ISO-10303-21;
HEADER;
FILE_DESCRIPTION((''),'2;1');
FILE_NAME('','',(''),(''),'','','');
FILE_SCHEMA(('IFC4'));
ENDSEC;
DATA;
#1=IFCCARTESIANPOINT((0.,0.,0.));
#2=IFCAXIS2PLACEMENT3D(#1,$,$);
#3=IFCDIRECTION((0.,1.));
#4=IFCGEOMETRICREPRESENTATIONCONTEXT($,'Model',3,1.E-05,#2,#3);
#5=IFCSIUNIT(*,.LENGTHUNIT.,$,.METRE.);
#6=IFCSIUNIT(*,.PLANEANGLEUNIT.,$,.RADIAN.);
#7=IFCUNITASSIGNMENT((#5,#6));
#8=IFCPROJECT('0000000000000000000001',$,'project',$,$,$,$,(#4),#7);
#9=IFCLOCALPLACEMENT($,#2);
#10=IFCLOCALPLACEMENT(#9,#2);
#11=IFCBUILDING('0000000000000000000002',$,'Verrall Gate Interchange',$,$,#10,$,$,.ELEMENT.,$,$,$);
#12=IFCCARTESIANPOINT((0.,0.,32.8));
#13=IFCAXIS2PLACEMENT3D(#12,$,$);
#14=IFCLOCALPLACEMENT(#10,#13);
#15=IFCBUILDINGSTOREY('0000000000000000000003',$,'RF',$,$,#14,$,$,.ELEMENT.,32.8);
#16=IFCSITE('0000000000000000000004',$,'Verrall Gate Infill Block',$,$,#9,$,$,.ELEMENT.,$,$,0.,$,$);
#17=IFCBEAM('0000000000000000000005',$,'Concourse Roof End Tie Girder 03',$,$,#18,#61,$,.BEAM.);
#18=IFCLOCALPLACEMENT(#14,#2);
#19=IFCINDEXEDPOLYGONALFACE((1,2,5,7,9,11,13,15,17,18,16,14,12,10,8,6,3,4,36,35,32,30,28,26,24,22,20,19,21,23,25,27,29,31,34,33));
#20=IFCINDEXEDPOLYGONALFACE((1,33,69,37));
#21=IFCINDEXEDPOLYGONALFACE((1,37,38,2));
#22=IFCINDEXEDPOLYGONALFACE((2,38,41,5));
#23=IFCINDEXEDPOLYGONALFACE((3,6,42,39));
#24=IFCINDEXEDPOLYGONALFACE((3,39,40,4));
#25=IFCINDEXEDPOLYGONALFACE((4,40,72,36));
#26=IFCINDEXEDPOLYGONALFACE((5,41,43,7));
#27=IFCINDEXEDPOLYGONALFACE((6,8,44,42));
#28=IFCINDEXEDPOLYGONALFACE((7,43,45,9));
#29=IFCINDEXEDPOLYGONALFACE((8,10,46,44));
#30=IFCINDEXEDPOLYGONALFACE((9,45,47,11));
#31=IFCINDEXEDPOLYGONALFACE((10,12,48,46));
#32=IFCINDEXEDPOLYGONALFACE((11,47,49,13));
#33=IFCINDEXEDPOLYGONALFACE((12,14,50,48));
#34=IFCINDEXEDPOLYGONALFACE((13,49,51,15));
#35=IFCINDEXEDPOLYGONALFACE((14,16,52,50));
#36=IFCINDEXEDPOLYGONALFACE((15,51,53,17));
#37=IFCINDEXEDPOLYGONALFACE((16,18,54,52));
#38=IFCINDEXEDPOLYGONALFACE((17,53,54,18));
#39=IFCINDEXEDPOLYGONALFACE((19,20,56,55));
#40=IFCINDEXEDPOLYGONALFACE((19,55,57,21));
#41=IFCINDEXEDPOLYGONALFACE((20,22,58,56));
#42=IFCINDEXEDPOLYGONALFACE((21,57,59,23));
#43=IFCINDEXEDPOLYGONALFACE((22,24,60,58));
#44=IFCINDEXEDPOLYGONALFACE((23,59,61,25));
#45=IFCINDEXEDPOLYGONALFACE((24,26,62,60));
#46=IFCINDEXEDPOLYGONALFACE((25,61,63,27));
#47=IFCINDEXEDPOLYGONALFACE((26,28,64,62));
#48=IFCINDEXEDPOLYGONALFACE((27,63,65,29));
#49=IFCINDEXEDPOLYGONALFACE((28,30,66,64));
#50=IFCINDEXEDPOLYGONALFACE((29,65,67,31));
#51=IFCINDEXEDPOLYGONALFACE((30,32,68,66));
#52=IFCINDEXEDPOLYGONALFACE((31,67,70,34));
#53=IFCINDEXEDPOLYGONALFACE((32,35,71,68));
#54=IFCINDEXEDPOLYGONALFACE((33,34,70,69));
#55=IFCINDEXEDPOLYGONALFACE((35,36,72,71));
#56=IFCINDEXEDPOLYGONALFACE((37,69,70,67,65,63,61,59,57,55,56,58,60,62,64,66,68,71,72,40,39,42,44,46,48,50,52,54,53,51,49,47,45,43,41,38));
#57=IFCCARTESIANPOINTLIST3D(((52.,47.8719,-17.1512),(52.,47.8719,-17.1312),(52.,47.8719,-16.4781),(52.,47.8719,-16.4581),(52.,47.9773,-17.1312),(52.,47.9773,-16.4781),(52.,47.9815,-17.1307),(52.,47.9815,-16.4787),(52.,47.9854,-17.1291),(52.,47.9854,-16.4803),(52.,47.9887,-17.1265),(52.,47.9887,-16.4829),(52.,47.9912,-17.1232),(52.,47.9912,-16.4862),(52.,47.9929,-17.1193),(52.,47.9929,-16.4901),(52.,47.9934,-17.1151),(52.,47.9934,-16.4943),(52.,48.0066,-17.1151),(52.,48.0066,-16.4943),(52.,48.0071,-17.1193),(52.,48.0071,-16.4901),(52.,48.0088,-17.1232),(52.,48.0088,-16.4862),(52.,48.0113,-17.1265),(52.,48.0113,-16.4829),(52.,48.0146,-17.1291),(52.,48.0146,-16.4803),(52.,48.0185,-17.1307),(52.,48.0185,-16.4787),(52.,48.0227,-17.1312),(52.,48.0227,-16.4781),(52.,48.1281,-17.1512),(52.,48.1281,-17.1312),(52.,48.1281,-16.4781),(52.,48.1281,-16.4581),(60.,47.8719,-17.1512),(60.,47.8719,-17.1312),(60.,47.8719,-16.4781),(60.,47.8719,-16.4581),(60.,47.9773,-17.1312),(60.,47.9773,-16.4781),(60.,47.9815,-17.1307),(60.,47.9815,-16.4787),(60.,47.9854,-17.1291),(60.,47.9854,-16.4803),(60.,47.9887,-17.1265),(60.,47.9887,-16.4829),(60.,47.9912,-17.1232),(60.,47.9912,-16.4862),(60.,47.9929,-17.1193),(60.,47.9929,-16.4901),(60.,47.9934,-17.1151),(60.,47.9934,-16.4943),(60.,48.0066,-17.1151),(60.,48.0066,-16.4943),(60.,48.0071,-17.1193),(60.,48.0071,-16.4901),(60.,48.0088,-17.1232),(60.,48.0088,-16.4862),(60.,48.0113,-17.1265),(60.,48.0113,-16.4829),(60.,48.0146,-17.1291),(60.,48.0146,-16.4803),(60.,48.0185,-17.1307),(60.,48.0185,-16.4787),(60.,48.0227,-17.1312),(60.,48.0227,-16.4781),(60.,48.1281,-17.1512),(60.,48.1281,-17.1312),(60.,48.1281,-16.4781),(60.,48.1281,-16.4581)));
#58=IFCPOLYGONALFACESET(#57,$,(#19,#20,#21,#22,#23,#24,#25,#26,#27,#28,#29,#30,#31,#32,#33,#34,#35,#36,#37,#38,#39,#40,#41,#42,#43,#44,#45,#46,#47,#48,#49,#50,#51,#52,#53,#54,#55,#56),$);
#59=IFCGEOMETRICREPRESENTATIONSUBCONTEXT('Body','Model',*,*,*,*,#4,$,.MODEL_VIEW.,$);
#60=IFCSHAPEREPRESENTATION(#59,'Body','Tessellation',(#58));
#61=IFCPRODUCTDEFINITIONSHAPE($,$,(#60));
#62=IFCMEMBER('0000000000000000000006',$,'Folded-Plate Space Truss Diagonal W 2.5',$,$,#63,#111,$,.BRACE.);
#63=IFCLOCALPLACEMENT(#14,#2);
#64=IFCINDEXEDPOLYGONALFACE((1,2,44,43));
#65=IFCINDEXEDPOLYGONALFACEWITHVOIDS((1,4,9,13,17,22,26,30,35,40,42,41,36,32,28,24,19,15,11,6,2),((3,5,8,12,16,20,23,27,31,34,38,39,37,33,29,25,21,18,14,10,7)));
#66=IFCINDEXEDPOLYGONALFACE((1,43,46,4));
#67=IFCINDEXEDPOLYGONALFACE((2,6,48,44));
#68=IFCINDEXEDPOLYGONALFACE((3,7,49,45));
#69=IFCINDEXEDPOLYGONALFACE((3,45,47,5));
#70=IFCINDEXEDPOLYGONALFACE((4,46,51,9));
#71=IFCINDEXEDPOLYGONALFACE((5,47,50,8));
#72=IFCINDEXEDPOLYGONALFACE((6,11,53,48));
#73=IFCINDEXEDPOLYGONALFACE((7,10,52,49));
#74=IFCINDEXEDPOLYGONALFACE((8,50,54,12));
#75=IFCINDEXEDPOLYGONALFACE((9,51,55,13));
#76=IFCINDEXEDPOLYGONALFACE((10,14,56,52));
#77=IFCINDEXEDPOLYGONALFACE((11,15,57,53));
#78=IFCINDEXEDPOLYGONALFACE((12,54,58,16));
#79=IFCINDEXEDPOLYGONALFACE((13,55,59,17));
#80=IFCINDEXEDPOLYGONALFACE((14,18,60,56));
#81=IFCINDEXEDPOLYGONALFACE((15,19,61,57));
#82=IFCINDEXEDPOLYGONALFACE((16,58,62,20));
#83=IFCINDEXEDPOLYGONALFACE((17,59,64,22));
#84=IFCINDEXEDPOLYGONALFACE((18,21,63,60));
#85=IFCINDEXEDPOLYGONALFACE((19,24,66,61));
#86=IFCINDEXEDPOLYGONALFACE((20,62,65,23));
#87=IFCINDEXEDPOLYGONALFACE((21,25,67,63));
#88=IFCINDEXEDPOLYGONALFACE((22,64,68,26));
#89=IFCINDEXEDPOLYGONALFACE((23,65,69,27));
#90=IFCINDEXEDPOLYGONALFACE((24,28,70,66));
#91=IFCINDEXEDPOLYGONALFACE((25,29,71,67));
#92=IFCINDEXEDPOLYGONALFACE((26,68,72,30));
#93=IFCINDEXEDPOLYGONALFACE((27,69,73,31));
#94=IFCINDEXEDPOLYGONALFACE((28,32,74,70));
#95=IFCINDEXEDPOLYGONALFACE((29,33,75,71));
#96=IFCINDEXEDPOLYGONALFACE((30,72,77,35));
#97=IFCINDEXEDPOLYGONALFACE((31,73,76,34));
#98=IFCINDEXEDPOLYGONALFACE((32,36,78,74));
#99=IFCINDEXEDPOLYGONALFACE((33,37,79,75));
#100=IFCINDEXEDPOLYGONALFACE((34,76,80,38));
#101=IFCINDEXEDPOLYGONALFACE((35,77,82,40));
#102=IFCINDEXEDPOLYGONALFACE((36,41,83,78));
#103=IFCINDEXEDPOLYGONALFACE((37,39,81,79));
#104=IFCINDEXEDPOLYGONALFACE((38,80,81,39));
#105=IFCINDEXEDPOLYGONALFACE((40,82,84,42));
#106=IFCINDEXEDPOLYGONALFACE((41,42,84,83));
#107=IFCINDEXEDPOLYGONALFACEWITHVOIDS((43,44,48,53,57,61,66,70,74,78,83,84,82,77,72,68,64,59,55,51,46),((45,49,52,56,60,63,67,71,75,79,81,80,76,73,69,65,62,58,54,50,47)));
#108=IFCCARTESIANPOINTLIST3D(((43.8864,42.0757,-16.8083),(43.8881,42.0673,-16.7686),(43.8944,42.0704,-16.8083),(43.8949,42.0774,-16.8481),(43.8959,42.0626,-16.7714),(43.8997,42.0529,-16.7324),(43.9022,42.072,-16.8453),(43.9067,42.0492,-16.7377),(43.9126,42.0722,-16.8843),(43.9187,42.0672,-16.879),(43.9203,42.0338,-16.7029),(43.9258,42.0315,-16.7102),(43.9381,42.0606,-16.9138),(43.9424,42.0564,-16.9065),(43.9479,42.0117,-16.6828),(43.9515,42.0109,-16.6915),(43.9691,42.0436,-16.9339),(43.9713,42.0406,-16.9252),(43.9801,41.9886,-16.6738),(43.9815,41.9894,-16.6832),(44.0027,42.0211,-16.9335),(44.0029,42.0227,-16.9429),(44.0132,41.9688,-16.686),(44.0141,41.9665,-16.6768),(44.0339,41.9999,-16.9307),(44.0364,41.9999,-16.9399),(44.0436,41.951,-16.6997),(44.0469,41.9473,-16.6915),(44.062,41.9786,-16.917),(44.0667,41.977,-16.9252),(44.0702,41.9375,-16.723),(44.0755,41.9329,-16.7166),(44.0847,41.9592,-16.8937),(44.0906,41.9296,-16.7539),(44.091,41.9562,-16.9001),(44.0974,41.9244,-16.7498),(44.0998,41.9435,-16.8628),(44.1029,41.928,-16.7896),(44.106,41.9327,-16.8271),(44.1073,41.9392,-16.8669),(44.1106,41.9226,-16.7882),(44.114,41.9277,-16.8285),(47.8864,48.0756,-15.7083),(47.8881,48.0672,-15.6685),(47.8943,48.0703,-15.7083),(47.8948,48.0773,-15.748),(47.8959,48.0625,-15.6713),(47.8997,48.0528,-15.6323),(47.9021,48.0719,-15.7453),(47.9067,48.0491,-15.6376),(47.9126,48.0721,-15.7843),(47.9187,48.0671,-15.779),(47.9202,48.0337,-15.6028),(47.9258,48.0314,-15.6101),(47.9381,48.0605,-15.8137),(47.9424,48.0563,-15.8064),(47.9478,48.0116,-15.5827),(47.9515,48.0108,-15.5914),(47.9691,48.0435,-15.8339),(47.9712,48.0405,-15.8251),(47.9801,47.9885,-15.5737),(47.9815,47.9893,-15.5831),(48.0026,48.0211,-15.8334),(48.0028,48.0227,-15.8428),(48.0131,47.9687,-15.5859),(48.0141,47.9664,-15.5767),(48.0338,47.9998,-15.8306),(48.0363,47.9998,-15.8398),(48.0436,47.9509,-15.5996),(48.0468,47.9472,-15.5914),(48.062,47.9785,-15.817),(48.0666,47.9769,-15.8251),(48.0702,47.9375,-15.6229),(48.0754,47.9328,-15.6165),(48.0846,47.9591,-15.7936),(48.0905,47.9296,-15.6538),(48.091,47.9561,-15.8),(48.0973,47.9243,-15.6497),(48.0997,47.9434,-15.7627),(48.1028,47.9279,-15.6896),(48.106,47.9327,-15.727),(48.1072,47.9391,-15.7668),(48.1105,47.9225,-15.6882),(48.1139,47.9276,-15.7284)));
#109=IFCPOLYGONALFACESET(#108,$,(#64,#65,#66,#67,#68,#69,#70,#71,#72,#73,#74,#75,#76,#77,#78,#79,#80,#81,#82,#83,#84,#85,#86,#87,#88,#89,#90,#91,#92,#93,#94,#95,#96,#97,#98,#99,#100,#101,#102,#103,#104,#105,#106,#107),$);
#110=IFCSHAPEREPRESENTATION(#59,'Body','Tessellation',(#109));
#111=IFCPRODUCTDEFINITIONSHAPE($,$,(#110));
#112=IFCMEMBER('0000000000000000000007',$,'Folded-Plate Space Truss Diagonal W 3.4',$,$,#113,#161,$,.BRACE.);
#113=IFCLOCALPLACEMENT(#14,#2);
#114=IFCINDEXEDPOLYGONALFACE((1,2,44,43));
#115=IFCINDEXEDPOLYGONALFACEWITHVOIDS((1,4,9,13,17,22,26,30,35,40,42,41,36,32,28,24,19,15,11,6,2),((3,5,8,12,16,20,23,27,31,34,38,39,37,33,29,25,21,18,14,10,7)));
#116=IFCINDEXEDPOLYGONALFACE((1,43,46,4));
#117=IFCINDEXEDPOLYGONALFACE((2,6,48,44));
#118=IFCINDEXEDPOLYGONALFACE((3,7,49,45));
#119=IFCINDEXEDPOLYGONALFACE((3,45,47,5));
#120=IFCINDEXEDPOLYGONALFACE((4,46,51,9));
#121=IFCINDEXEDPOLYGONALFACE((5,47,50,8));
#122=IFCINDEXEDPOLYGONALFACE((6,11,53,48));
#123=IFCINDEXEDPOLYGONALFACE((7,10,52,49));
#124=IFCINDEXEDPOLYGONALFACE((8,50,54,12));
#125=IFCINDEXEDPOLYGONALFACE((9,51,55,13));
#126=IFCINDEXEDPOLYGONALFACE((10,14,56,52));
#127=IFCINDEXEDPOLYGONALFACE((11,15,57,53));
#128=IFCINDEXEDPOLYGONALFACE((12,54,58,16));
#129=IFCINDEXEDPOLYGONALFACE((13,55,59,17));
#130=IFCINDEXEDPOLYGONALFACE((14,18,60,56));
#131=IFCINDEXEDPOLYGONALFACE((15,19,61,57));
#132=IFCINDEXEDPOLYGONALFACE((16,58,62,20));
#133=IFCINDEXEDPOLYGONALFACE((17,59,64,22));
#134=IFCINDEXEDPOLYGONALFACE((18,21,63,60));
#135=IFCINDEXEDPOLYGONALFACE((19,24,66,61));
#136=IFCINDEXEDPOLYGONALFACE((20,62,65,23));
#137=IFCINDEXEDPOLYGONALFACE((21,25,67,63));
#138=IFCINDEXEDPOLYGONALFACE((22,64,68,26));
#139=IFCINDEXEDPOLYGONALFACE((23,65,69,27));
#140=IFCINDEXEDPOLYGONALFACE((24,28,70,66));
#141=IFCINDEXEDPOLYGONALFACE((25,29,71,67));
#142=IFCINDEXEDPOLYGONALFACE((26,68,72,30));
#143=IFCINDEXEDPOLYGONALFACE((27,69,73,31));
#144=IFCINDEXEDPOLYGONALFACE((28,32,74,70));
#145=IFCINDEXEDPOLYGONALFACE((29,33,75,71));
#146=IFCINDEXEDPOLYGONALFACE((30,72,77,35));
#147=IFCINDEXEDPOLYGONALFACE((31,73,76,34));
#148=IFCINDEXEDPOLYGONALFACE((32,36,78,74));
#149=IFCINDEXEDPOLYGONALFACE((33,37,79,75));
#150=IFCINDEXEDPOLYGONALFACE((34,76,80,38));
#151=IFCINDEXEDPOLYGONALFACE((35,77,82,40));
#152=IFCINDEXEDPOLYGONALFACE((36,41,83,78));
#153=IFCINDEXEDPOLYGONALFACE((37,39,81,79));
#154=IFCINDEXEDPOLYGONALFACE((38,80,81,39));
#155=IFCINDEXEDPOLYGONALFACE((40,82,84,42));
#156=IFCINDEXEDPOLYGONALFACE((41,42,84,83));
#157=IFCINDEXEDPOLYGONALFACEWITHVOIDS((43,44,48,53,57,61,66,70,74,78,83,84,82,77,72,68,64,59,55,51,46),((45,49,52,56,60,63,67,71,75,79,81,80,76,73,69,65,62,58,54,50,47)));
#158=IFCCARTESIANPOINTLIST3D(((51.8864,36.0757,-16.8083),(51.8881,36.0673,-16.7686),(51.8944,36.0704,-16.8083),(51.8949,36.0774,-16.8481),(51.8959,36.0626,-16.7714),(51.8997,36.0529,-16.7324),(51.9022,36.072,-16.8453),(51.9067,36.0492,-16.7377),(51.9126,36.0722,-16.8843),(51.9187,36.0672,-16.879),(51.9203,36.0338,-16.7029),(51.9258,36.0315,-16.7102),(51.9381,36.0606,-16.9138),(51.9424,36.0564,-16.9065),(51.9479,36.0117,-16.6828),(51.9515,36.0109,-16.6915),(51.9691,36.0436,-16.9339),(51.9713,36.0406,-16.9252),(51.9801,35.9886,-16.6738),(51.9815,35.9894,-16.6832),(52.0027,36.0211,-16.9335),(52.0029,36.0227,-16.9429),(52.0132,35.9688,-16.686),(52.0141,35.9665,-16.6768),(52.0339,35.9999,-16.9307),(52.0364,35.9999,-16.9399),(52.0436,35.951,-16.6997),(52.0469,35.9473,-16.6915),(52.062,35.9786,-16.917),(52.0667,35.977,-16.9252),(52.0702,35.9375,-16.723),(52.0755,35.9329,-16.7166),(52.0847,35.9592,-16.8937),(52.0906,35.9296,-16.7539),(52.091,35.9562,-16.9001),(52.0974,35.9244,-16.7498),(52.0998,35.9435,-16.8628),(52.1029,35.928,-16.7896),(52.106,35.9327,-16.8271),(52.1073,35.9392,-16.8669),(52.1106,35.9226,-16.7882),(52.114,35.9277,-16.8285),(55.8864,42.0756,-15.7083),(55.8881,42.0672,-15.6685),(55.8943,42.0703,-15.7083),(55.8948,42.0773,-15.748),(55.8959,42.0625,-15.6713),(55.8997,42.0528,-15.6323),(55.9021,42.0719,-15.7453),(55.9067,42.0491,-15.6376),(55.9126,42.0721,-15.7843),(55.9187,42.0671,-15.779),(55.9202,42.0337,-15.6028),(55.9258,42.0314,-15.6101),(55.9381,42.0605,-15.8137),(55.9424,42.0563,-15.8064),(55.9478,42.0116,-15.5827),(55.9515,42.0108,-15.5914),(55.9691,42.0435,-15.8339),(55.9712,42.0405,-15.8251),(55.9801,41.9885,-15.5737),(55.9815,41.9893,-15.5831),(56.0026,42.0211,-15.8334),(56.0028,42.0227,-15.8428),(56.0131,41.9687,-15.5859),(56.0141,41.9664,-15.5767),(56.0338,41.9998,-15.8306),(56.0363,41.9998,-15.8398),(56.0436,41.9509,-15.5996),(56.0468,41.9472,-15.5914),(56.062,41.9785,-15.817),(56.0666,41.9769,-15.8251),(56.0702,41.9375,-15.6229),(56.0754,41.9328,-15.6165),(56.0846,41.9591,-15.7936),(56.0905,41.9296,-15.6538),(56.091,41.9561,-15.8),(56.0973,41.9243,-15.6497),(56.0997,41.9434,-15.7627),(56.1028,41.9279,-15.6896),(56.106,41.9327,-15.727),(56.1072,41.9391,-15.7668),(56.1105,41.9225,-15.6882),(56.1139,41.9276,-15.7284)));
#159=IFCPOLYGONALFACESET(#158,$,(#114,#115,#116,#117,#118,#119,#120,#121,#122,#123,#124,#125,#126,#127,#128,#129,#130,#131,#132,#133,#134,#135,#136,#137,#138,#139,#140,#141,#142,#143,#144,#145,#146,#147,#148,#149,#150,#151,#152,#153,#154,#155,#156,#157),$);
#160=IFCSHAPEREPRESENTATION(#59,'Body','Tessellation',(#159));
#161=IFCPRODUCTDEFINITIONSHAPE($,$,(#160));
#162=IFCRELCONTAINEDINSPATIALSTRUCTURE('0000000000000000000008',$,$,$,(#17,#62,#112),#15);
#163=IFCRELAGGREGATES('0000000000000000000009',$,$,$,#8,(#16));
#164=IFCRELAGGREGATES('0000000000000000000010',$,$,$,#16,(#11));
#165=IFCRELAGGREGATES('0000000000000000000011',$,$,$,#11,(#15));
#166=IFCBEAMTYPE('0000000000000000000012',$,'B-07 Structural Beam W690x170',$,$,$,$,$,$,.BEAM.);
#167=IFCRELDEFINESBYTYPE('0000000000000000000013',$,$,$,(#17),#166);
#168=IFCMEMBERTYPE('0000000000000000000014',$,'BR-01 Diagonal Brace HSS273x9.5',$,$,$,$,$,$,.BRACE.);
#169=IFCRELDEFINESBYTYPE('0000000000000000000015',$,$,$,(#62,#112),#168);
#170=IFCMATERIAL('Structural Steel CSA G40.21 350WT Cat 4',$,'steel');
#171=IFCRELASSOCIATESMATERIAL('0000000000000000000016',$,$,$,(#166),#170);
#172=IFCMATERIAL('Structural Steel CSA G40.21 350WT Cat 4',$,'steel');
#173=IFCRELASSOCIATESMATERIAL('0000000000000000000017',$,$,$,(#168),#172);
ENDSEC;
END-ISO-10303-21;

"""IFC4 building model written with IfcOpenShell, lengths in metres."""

from ifc_helpers import new_model, si_unit, direction, frame, origin, origin_2d, place, context, subcontext, project, spatial, hollow_circle, i_section, extrude, material, material_profile, profile_set, type_object, element, save


model = new_model("IFC4")

# Units and contexts
model_context = context("Model", 3, precision=1e-05, world=origin(), true_north=direction((0.0, 1.0)))
body_context = subcontext(model_context, "Body", "Model", "MODEL_VIEW")
ifc_project = project(units=[si_unit("LENGTHUNIT", "METRE"), si_unit("PLANEANGLEUNIT", "RADIAN")], contexts=[model_context])

# Site, building, storey
site_placement = place(None, origin())
site = spatial("IfcSite", under=ifc_project, at=site_placement, Name="Verrall Gate Infill Block", CompositionType="ELEMENT", RefElevation=0.0)
building_placement = place(site_placement, origin())
building = spatial("IfcBuilding", under=site, at=building_placement, Name="Verrall Gate Interchange", CompositionType="ELEMENT")
storey_placement = place(building_placement, frame((0.0, 0.0, 32.8)))
storey = spatial("IfcBuildingStorey", under=building, at=storey_placement, Name="RF", CompositionType="ELEMENT", Elevation=32.8)

# Beam
ifc_material_1 = material(Name="Structural Steel CSA G40.21 350WT Cat 4", Category="steel")
ifc_material_profile_1 = material_profile(ifc_material_1, i_section(OverallWidth=0.2561, OverallDepth=0.6931, WebThickness=0.0132, FlangeThickness=0.02, FilletRadius=0.0161, at=origin_2d()), Name="W690x170")
ifc_profile_set_1 = profile_set([ifc_material_profile_1], Name="Structural Steel CSA G40.21 350WT Cat 4")
beam_type = type_object("IfcBeamType", Name="B-07 Structural Beam W690x170", PredefinedType="BEAM", material=ifc_profile_set_1)
beam_placement = place(storey_placement, frame((52.0, 48.0, -16.8047), z_axis=(1.0, 0.0, 0.0), x_axis=(0.0, 1.0, 0.0)))
element("IfcBeam", 1, at=beam_placement, inside=storey, type_object=beam_type, Name="Concourse Roof End Tie Girder 03", PredefinedType="BEAM", context=body_context, shape_type="SweptSolid", body=[
    extrude(i_section(OverallWidth=0.2561, OverallDepth=0.6931, WebThickness=0.0132, FlangeThickness=0.02, FilletRadius=0.0161, at=origin_2d()), origin(), (0.0, 0.0, 1.0), 8.0),
])

# Members
ifc_material_2 = material(Name="Structural Steel CSA G40.21 350WT Cat 4", Category="steel")
ifc_material_profile_2 = material_profile(ifc_material_2, hollow_circle(Radius=0.1365, WallThickness=0.0095, at=origin_2d()), Name="HSS273x9.5")
ifc_profile_set_2 = profile_set([ifc_material_profile_2], Name="Structural Steel CSA G40.21 350WT Cat 4")
member_type_1 = type_object("IfcMemberType", Name="BR-01 Diagonal Brace HSS273x9.5", PredefinedType="BRACE", material=ifc_profile_set_2)
for number, where, z_axis, x_axis, name in (
    (2, (44.0, 42.0, -16.8083), (0.548356, 0.822534, 0.150811), (-0.83205, 0.5547, 0.0), "Folded-Plate Space Truss Diagonal W 2.5"),
    (3, (52.0, 36.0, -16.8083), (0.548356, 0.822534, 0.150811), (-0.83205, 0.5547, 0.0), "Folded-Plate Space Truss Diagonal W 3.4"),
):
    element("IfcMember", number, at=place(storey_placement, frame(where, z_axis=z_axis, x_axis=x_axis)), inside=storey, type_object=member_type_1, Name=name, PredefinedType="BRACE", context=body_context, shape_type="SweptSolid", body=[
        extrude(hollow_circle(Radius=0.1365, WallThickness=0.0095, at=origin_2d()), origin(), (0.0, 0.0, 1.0), 7.2944),
    ])

save(model, "model.ifc")
